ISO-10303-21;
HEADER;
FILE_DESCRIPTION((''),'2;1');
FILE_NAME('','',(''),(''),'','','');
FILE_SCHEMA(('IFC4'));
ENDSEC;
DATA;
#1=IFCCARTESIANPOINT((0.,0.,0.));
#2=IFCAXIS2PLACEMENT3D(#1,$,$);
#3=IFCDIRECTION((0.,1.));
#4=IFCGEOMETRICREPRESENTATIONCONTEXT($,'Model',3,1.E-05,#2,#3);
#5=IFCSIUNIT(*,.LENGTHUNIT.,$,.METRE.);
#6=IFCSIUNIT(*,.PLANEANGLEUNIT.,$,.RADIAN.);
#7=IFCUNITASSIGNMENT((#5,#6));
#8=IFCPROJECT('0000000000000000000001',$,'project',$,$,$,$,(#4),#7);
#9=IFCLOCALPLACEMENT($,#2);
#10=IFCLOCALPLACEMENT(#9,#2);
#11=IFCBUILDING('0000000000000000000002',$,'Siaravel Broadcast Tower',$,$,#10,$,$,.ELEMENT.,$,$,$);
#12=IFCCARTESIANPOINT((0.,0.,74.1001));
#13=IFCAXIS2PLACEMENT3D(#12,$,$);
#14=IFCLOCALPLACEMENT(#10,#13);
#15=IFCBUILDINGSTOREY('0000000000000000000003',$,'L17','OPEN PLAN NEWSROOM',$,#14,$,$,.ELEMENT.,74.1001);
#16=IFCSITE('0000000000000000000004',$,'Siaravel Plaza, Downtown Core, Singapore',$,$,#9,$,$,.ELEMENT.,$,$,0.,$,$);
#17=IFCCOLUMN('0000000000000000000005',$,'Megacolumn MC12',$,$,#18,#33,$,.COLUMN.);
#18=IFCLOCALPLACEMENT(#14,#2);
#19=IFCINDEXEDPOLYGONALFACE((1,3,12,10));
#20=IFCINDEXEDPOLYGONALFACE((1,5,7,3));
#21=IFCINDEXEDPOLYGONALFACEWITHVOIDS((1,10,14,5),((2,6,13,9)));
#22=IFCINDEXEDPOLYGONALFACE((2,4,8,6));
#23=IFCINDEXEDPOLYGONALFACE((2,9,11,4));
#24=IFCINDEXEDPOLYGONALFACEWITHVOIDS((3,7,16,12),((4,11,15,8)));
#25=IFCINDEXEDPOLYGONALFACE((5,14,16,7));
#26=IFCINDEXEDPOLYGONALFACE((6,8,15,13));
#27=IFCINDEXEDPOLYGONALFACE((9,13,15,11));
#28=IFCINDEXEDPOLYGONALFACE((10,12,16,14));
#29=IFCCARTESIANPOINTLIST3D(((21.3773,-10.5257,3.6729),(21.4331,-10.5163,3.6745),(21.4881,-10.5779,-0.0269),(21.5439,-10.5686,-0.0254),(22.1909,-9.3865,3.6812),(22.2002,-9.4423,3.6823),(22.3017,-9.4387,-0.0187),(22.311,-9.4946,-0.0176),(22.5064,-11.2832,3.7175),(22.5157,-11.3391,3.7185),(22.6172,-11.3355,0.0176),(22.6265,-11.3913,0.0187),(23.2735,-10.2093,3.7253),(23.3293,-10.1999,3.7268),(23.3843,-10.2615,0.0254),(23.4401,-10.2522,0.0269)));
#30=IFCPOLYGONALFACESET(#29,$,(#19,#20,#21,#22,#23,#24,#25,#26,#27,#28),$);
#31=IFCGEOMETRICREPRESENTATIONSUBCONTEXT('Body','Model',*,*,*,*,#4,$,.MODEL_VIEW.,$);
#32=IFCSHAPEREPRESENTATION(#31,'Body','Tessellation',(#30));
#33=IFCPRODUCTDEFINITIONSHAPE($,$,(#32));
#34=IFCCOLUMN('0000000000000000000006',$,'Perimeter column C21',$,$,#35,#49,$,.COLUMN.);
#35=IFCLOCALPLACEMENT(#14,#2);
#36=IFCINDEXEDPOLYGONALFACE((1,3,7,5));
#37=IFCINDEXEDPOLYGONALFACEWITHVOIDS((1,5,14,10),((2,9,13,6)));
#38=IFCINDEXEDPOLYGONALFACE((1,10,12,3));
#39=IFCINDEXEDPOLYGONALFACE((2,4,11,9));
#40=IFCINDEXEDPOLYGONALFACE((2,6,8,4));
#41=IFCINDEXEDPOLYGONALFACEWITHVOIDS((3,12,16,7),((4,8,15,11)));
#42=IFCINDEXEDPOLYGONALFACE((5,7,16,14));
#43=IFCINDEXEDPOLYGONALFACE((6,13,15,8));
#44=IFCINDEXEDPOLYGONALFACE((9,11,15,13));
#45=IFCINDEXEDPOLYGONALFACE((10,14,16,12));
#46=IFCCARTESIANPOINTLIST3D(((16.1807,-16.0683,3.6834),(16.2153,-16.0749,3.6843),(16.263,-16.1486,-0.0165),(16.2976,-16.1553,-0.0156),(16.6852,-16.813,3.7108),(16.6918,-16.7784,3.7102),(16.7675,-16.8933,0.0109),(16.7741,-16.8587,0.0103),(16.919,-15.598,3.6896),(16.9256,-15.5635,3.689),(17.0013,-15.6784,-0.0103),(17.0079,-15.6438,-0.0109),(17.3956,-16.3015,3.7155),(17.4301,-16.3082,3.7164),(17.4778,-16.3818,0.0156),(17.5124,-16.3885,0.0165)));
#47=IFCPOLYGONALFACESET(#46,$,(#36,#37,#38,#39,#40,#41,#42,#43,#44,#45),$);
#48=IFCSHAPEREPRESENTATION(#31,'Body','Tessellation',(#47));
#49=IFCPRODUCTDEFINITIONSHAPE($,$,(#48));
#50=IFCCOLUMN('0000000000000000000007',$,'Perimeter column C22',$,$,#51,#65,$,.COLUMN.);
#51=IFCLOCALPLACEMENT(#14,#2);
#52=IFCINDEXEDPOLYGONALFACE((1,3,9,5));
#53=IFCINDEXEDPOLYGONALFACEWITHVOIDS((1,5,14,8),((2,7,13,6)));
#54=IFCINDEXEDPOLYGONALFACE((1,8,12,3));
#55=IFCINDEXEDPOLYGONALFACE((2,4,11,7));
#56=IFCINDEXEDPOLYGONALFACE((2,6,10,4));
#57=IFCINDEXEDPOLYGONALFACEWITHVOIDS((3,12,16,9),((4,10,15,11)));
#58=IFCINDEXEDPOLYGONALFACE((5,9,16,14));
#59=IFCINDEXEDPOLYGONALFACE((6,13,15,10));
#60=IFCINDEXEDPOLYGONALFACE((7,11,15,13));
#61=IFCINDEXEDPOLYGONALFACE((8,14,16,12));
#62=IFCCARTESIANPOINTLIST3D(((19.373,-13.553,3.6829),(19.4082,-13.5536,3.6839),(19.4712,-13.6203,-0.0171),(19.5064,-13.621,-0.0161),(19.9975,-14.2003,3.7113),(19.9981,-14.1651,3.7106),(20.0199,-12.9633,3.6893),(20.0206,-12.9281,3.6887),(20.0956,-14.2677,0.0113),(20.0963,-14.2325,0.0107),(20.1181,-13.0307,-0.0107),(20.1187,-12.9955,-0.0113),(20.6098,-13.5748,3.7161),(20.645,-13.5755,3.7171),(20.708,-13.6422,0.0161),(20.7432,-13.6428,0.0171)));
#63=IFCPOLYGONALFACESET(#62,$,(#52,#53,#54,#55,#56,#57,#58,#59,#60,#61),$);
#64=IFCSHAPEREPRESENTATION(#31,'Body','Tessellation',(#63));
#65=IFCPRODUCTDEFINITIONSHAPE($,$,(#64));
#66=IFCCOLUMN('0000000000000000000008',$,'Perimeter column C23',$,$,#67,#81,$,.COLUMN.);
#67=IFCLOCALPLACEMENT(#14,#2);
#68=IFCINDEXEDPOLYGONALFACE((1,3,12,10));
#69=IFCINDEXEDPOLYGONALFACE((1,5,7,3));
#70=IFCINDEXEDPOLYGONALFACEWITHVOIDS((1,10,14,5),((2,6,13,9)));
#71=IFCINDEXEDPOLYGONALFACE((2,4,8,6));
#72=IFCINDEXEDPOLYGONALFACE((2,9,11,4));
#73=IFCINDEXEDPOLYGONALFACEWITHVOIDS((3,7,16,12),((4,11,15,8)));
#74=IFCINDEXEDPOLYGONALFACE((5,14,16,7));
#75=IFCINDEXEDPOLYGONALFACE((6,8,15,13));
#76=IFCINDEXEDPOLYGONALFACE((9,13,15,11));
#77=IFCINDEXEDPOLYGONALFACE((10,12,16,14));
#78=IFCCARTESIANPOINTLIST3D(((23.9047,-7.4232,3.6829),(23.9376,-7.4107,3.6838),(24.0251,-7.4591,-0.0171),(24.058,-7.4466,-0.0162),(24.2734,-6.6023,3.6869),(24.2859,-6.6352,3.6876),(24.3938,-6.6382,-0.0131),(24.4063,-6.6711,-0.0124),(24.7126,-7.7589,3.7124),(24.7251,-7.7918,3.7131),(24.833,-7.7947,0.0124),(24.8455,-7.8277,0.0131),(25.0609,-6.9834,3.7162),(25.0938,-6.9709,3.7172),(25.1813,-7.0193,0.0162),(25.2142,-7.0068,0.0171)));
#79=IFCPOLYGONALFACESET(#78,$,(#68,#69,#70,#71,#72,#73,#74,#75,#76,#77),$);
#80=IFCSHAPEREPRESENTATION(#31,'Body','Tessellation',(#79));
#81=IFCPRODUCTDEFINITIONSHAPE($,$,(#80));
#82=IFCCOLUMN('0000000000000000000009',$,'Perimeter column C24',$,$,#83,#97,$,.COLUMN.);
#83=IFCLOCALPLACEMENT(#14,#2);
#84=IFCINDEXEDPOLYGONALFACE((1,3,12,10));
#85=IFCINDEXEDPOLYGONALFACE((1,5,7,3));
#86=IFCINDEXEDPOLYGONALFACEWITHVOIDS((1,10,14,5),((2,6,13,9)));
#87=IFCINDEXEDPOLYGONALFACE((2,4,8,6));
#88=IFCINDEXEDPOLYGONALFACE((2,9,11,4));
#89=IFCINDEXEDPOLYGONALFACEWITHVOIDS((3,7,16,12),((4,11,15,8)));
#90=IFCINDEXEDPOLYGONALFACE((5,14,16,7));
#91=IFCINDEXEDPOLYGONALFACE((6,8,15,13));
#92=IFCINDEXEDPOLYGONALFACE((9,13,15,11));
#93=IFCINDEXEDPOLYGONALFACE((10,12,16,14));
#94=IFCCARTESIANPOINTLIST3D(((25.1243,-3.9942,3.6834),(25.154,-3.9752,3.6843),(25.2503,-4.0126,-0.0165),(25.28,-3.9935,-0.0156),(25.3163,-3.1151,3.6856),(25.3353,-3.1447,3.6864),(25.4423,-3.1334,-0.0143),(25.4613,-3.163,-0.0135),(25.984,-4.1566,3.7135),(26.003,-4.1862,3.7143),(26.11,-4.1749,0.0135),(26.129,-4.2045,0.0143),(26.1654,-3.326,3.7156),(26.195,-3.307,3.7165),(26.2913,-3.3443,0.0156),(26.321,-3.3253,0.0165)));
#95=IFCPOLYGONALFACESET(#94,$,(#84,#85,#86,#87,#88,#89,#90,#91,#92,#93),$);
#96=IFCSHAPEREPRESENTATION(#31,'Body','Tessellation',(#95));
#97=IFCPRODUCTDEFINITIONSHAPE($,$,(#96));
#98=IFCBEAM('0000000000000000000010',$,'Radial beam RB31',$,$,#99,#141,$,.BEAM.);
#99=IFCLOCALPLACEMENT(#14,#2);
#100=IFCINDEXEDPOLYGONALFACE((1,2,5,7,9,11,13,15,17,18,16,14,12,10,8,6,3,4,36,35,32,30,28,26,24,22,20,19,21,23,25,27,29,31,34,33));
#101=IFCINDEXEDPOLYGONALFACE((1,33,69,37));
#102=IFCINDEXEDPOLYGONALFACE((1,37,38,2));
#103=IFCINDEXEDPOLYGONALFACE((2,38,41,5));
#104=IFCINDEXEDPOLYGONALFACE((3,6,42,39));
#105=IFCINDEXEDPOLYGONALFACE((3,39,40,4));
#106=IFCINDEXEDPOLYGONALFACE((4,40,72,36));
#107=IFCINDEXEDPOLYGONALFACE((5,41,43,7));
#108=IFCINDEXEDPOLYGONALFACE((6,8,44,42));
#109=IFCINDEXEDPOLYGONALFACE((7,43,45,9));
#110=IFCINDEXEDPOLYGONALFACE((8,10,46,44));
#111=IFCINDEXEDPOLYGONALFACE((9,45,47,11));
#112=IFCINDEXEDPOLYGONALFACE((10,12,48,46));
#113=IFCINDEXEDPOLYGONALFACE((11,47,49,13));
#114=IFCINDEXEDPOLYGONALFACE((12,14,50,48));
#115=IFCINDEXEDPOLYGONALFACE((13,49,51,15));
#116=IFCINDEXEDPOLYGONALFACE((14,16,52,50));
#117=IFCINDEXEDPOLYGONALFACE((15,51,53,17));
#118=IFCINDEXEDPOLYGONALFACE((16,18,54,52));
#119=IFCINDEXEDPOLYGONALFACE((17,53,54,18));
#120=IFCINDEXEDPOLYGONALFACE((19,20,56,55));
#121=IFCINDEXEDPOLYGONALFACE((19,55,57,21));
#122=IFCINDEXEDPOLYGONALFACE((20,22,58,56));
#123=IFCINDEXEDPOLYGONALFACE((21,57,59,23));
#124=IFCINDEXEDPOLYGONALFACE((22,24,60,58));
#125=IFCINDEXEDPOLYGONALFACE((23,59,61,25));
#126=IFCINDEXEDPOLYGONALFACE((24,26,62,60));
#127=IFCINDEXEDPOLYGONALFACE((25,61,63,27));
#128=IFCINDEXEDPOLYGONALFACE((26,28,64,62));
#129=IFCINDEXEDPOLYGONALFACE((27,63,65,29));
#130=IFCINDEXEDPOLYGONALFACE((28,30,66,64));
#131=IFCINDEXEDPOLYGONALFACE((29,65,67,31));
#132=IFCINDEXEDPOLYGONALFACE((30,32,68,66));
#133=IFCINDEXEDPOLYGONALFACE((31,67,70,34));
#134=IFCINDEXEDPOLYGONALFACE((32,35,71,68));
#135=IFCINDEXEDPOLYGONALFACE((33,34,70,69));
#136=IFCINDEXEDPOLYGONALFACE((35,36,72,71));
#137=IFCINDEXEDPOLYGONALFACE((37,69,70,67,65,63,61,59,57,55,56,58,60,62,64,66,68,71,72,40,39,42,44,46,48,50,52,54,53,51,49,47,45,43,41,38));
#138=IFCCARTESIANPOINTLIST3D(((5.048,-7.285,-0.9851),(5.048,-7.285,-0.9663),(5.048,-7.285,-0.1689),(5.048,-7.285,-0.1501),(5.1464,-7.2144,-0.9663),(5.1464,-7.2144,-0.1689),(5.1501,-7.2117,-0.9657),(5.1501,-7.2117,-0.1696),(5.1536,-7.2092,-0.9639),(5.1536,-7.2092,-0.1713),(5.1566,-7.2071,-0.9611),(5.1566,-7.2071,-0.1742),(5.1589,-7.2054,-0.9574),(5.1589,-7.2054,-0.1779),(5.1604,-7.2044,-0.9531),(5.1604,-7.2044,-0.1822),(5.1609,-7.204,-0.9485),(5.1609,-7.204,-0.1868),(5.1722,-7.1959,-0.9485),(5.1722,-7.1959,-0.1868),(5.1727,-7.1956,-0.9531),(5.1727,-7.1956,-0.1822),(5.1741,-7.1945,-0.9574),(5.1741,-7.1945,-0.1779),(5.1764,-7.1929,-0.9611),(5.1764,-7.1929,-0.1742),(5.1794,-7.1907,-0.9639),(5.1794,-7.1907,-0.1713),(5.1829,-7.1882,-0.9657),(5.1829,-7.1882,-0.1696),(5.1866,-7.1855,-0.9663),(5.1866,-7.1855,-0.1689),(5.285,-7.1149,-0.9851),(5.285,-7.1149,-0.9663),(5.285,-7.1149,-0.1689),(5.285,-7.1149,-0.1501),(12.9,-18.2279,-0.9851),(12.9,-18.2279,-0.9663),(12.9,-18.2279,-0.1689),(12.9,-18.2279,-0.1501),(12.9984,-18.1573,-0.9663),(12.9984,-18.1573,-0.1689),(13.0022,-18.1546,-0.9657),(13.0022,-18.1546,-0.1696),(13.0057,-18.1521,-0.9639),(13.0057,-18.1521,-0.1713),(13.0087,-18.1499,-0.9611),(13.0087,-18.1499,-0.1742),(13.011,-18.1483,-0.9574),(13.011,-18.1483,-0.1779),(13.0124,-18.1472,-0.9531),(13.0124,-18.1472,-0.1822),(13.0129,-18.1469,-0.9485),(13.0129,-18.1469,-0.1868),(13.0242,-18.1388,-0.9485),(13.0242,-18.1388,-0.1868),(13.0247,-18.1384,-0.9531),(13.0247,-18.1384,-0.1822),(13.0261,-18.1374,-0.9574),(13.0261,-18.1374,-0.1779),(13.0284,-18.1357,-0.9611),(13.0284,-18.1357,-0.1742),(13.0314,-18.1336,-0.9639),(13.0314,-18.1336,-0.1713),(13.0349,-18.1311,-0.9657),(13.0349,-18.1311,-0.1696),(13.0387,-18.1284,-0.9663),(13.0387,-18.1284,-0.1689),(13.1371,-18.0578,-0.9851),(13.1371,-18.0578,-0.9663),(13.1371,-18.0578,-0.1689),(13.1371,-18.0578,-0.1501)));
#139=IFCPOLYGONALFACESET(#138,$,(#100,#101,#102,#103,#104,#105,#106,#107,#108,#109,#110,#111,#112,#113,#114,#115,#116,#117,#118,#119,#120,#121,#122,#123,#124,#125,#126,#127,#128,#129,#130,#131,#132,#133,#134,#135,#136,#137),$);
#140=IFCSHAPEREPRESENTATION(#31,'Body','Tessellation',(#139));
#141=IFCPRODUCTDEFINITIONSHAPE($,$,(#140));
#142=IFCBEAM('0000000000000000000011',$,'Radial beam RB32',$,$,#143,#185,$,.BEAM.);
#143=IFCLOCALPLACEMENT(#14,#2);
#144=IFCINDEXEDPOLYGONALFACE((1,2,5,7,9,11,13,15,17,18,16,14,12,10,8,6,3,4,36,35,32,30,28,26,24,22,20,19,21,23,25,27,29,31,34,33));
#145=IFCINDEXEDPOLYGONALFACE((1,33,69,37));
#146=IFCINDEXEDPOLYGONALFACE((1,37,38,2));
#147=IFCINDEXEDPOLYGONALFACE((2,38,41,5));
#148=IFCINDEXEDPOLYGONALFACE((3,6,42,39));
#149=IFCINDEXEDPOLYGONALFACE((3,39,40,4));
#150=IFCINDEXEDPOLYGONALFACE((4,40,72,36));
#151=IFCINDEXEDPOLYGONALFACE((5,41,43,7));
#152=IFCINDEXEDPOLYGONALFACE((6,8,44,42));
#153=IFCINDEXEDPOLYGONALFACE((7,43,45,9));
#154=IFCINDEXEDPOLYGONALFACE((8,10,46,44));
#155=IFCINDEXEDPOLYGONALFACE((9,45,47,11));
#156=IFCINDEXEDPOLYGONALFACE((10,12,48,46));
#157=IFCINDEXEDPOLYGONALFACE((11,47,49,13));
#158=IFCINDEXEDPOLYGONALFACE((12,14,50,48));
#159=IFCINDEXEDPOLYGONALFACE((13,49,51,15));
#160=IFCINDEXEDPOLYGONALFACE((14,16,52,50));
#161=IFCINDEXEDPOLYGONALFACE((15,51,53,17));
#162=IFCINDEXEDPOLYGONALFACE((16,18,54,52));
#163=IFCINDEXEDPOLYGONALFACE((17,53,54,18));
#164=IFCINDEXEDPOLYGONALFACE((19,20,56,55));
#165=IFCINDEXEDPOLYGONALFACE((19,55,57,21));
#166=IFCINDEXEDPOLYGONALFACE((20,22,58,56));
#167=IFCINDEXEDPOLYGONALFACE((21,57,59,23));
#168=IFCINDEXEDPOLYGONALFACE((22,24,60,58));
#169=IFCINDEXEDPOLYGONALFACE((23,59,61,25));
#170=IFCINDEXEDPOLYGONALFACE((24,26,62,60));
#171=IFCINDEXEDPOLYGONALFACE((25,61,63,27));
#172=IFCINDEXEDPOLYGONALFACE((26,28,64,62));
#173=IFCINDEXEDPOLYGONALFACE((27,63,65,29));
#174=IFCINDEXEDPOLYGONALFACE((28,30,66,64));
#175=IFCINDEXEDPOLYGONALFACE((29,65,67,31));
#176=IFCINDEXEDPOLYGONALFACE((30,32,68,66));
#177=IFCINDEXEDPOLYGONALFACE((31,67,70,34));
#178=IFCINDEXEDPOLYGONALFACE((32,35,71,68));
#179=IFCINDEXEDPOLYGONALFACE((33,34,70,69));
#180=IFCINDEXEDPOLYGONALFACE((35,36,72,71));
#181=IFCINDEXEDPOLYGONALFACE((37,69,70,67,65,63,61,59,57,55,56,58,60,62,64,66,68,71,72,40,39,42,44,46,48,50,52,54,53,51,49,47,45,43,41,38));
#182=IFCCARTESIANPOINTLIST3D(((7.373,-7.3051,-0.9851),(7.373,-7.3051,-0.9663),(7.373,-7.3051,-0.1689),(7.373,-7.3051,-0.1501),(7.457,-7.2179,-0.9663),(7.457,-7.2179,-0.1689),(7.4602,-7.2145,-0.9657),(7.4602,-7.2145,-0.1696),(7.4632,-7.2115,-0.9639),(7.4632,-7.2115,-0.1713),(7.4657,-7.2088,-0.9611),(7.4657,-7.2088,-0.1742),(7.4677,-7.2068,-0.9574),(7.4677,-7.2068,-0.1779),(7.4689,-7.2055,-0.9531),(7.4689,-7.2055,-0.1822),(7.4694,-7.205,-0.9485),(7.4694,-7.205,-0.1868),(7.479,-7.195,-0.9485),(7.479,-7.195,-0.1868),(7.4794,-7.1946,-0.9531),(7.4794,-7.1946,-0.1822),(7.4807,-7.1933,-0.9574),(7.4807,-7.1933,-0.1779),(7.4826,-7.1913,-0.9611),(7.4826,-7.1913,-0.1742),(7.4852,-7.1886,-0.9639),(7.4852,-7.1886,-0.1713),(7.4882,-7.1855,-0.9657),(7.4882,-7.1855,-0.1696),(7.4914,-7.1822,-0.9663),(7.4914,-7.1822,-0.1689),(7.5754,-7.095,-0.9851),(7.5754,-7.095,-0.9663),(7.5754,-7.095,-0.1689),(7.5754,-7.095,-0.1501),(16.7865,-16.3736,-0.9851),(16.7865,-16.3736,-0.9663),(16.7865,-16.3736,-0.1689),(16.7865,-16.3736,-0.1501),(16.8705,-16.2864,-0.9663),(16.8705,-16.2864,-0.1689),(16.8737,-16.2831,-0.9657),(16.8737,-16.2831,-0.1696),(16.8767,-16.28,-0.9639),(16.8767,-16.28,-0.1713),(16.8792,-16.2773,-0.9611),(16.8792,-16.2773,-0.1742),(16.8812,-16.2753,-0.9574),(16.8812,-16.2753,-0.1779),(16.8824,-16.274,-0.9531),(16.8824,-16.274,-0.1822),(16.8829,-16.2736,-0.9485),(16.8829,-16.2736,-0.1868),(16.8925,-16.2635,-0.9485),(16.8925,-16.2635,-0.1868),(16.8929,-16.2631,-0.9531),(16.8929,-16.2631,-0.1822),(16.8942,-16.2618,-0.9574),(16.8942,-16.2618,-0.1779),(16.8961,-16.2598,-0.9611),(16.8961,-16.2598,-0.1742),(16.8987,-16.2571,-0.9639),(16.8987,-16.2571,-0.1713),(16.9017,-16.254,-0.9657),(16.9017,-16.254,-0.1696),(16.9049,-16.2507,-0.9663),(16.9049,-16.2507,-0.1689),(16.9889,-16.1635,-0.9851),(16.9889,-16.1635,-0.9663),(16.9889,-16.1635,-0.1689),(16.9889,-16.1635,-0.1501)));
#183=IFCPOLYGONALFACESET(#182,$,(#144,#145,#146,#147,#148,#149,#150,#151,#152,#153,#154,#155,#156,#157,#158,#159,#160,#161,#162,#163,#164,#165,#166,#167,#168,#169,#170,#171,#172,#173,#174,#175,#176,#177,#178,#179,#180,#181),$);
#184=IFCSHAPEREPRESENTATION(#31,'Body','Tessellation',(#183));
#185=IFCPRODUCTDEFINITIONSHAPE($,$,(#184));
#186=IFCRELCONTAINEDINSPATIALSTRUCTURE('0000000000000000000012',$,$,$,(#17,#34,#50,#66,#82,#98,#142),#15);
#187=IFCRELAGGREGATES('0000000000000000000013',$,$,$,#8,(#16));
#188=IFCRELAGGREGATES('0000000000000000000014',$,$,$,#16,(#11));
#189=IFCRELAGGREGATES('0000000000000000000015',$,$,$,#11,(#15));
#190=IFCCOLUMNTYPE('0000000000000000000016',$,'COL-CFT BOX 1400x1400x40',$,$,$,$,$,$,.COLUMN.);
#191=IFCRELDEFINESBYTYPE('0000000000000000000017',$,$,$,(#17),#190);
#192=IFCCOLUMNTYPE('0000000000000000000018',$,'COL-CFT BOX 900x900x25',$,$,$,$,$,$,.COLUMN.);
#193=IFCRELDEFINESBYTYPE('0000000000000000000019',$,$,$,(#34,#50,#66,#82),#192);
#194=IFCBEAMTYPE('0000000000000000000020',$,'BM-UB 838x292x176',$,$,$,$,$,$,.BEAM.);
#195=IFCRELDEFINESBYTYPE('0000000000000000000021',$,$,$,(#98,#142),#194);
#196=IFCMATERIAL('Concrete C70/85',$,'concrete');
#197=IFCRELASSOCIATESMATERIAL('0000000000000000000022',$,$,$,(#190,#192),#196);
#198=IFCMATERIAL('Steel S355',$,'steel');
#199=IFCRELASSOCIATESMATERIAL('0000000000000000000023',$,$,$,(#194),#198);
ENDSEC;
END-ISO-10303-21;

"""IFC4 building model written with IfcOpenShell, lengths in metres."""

from ifc_helpers import new_model, si_unit, direction, frame, origin, origin_2d, place, context, subcontext, project, spatial, hollow_rectangle, i_section, extrude, material, material_profile, profile_set, type_object, element, save


model = new_model("IFC4")

# Units and contexts
model_context = context("Model", 3, precision=1e-05, world=origin(), true_north=direction((0.0, 1.0)))
body_context = subcontext(model_context, "Body", "Model", "MODEL_VIEW")
ifc_project = project(units=[si_unit("LENGTHUNIT", "METRE"), si_unit("PLANEANGLEUNIT", "RADIAN")], contexts=[model_context])

# Site, building, storey
site_placement = place(None, origin())
site = spatial("IfcSite", under=ifc_project, at=site_placement, Name="Siaravel Plaza, Downtown Core, Singapore", CompositionType="ELEMENT", RefElevation=0.0)
building_placement = place(site_placement, origin())
building = spatial("IfcBuilding", under=site, at=building_placement, Name="Siaravel Broadcast Tower", CompositionType="ELEMENT")
storey_placement = place(building_placement, frame((0.0, 0.0, 74.1001)))
storey = spatial("IfcBuildingStorey", under=building, at=storey_placement, Name="L17", Description="OPEN PLAN NEWSROOM", CompositionType="ELEMENT", Elevation=74.1001)

# Columns
ifc_material_1 = material(Name="Concrete C70/85", Category="concrete")
ifc_material_profile_1 = material_profile(ifc_material_1, hollow_rectangle(XDim=1.3999, YDim=1.3999, WallThickness=0.04, at=origin_2d()))
ifc_profile_set_1 = profile_set([ifc_material_profile_1], Name="Concrete C70/85")
column_type_1 = type_object("IfcColumnType", Name="COL-CFT BOX 1400x1400x40", PredefinedType="COLUMN", material=ifc_profile_set_1)
column_1_placement = place(storey_placement, frame((22.4641, -10.415, 0.0), z_axis=(-0.029941, 0.014113, 0.999452), x_axis=(-0.581205, -0.813736, -0.005921)))
element("IfcColumn", 1, at=column_1_placement, inside=storey, type_object=column_type_1, Name="Megacolumn MC12", PredefinedType="COLUMN", context=body_context, shape_type="SweptSolid", body=[
    extrude(hollow_rectangle(XDim=1.3999, YDim=1.3999, WallThickness=0.04, at=origin_2d()), origin(), (0.0, 0.0, 1.0), 3.7019),
])
ifc_material_profile_2 = material_profile(ifc_material_1, hollow_rectangle(XDim=0.8999, YDim=0.8999, WallThickness=0.0249, at=origin_2d()))
ifc_profile_set_2 = profile_set([ifc_material_profile_2], Name="Concrete C70/85")
column_type_2 = type_object("IfcColumnType", Name="COL-CFT BOX 900x900x25", PredefinedType="COLUMN", material=ifc_profile_set_2)
column_2_placement = place(storey_placement, frame((16.8877, -16.2686, 0.0), z_axis=(-0.022226, 0.021699, 0.999517), x_axis=(-0.827793, -0.560999, -0.006229)))
element("IfcColumn", 2, at=column_2_placement, inside=storey, type_object=column_type_2, Name="Perimeter column C21", PredefinedType="COLUMN", context=body_context, shape_type="SweptSolid", body=[
    extrude(hollow_rectangle(XDim=0.8999, YDim=0.8999, WallThickness=0.0249, at=origin_2d()), origin(), (0.0, 0.0, 1.0), 3.7017),
])
column_3_placement = place(storey_placement, frame((20.1072, -13.6316, 0.0), z_axis=(-0.026512, 0.018202, 0.999483), x_axis=(-0.719584, -0.694375, -0.006442)))
element("IfcColumn", 3, at=column_3_placement, inside=storey, type_object=column_type_2, Name="Perimeter column C22", PredefinedType="COLUMN", context=body_context, shape_type="SweptSolid", body=[
    extrude(hollow_rectangle(XDim=0.8999, YDim=0.8999, WallThickness=0.0249, at=origin_2d()), origin(), (0.0, 0.0, 1.0), 3.7019),
])
for number, where, z_axis, x_axis, name in (
    (4, (24.6196, -7.2329, 0.0), (-0.032512, 0.009694, 0.999424), (-0.409679, -0.912219, -0.004479), "Perimeter column C23"),
    (5, (25.7856, -3.6689, 0.0), (-0.034028, 0.004946, 0.999409), (-0.213346, -0.976974, -0.002429), "Perimeter column C24"),
):
    element("IfcColumn", number, at=place(storey_placement, frame(where, z_axis=z_axis, x_axis=x_axis)), inside=storey, type_object=column_type_2, Name=name, PredefinedType="COLUMN", context=body_context, shape_type="SweptSolid", body=[
        extrude(hollow_rectangle(XDim=0.8999, YDim=0.8999, WallThickness=0.0249, at=origin_2d()), origin(), (0.0, 0.0, 1.0), 3.7021),
    ])

# Beams
ifc_material_2 = material(Name="Steel S355", Category="steel")
ifc_material_profile_3 = material_profile(ifc_material_2, i_section(OverallWidth=0.2917, OverallDepth=0.835, WebThickness=0.0139, FlangeThickness=0.0188, FilletRadius=0.0178, at=origin_2d()))
ifc_profile_set_3 = profile_set([ifc_material_profile_3], Name="Steel S355")
beam_type = type_object("IfcBeamType", Name="BM-UB 838x292x176", PredefinedType="BEAM", material=ifc_profile_set_3)
beam_1_placement = place(storey_placement, frame((13.0186, -18.1428, -0.5676), z_axis=(-0.582993, 0.812477, 0.0), x_axis=(-0.812477, -0.582993, 0.0)))
element("IfcBeam", 6, at=beam_1_placement, inside=storey, type_object=beam_type, Name="Radial beam RB31", PredefinedType="BEAM", context=body_context, shape_type="SweptSolid", body=[
    extrude(i_section(OverallWidth=0.2917, OverallDepth=0.835, WebThickness=0.0139, FlangeThickness=0.0188, FilletRadius=0.0178, at=origin_2d()), origin(), (0.0, 0.0, 1.0), 13.4685),
])
beam_2_placement = place(storey_placement, frame((16.8877, -16.2686, -0.5676), z_axis=(-0.72018, 0.693788, 0.0), x_axis=(-0.693788, -0.72018, 0.0)))
element("IfcBeam", 7, at=beam_2_placement, inside=storey, type_object=beam_type, Name="Radial beam RB32", PredefinedType="BEAM", context=body_context, shape_type="SweptSolid", body=[
    extrude(i_section(OverallWidth=0.2917, OverallDepth=0.835, WebThickness=0.0139, FlangeThickness=0.0188, FilletRadius=0.0178, at=origin_2d()), origin(), (0.0, 0.0, 1.0), 13.071),
])

save(model, "model.ifc")
